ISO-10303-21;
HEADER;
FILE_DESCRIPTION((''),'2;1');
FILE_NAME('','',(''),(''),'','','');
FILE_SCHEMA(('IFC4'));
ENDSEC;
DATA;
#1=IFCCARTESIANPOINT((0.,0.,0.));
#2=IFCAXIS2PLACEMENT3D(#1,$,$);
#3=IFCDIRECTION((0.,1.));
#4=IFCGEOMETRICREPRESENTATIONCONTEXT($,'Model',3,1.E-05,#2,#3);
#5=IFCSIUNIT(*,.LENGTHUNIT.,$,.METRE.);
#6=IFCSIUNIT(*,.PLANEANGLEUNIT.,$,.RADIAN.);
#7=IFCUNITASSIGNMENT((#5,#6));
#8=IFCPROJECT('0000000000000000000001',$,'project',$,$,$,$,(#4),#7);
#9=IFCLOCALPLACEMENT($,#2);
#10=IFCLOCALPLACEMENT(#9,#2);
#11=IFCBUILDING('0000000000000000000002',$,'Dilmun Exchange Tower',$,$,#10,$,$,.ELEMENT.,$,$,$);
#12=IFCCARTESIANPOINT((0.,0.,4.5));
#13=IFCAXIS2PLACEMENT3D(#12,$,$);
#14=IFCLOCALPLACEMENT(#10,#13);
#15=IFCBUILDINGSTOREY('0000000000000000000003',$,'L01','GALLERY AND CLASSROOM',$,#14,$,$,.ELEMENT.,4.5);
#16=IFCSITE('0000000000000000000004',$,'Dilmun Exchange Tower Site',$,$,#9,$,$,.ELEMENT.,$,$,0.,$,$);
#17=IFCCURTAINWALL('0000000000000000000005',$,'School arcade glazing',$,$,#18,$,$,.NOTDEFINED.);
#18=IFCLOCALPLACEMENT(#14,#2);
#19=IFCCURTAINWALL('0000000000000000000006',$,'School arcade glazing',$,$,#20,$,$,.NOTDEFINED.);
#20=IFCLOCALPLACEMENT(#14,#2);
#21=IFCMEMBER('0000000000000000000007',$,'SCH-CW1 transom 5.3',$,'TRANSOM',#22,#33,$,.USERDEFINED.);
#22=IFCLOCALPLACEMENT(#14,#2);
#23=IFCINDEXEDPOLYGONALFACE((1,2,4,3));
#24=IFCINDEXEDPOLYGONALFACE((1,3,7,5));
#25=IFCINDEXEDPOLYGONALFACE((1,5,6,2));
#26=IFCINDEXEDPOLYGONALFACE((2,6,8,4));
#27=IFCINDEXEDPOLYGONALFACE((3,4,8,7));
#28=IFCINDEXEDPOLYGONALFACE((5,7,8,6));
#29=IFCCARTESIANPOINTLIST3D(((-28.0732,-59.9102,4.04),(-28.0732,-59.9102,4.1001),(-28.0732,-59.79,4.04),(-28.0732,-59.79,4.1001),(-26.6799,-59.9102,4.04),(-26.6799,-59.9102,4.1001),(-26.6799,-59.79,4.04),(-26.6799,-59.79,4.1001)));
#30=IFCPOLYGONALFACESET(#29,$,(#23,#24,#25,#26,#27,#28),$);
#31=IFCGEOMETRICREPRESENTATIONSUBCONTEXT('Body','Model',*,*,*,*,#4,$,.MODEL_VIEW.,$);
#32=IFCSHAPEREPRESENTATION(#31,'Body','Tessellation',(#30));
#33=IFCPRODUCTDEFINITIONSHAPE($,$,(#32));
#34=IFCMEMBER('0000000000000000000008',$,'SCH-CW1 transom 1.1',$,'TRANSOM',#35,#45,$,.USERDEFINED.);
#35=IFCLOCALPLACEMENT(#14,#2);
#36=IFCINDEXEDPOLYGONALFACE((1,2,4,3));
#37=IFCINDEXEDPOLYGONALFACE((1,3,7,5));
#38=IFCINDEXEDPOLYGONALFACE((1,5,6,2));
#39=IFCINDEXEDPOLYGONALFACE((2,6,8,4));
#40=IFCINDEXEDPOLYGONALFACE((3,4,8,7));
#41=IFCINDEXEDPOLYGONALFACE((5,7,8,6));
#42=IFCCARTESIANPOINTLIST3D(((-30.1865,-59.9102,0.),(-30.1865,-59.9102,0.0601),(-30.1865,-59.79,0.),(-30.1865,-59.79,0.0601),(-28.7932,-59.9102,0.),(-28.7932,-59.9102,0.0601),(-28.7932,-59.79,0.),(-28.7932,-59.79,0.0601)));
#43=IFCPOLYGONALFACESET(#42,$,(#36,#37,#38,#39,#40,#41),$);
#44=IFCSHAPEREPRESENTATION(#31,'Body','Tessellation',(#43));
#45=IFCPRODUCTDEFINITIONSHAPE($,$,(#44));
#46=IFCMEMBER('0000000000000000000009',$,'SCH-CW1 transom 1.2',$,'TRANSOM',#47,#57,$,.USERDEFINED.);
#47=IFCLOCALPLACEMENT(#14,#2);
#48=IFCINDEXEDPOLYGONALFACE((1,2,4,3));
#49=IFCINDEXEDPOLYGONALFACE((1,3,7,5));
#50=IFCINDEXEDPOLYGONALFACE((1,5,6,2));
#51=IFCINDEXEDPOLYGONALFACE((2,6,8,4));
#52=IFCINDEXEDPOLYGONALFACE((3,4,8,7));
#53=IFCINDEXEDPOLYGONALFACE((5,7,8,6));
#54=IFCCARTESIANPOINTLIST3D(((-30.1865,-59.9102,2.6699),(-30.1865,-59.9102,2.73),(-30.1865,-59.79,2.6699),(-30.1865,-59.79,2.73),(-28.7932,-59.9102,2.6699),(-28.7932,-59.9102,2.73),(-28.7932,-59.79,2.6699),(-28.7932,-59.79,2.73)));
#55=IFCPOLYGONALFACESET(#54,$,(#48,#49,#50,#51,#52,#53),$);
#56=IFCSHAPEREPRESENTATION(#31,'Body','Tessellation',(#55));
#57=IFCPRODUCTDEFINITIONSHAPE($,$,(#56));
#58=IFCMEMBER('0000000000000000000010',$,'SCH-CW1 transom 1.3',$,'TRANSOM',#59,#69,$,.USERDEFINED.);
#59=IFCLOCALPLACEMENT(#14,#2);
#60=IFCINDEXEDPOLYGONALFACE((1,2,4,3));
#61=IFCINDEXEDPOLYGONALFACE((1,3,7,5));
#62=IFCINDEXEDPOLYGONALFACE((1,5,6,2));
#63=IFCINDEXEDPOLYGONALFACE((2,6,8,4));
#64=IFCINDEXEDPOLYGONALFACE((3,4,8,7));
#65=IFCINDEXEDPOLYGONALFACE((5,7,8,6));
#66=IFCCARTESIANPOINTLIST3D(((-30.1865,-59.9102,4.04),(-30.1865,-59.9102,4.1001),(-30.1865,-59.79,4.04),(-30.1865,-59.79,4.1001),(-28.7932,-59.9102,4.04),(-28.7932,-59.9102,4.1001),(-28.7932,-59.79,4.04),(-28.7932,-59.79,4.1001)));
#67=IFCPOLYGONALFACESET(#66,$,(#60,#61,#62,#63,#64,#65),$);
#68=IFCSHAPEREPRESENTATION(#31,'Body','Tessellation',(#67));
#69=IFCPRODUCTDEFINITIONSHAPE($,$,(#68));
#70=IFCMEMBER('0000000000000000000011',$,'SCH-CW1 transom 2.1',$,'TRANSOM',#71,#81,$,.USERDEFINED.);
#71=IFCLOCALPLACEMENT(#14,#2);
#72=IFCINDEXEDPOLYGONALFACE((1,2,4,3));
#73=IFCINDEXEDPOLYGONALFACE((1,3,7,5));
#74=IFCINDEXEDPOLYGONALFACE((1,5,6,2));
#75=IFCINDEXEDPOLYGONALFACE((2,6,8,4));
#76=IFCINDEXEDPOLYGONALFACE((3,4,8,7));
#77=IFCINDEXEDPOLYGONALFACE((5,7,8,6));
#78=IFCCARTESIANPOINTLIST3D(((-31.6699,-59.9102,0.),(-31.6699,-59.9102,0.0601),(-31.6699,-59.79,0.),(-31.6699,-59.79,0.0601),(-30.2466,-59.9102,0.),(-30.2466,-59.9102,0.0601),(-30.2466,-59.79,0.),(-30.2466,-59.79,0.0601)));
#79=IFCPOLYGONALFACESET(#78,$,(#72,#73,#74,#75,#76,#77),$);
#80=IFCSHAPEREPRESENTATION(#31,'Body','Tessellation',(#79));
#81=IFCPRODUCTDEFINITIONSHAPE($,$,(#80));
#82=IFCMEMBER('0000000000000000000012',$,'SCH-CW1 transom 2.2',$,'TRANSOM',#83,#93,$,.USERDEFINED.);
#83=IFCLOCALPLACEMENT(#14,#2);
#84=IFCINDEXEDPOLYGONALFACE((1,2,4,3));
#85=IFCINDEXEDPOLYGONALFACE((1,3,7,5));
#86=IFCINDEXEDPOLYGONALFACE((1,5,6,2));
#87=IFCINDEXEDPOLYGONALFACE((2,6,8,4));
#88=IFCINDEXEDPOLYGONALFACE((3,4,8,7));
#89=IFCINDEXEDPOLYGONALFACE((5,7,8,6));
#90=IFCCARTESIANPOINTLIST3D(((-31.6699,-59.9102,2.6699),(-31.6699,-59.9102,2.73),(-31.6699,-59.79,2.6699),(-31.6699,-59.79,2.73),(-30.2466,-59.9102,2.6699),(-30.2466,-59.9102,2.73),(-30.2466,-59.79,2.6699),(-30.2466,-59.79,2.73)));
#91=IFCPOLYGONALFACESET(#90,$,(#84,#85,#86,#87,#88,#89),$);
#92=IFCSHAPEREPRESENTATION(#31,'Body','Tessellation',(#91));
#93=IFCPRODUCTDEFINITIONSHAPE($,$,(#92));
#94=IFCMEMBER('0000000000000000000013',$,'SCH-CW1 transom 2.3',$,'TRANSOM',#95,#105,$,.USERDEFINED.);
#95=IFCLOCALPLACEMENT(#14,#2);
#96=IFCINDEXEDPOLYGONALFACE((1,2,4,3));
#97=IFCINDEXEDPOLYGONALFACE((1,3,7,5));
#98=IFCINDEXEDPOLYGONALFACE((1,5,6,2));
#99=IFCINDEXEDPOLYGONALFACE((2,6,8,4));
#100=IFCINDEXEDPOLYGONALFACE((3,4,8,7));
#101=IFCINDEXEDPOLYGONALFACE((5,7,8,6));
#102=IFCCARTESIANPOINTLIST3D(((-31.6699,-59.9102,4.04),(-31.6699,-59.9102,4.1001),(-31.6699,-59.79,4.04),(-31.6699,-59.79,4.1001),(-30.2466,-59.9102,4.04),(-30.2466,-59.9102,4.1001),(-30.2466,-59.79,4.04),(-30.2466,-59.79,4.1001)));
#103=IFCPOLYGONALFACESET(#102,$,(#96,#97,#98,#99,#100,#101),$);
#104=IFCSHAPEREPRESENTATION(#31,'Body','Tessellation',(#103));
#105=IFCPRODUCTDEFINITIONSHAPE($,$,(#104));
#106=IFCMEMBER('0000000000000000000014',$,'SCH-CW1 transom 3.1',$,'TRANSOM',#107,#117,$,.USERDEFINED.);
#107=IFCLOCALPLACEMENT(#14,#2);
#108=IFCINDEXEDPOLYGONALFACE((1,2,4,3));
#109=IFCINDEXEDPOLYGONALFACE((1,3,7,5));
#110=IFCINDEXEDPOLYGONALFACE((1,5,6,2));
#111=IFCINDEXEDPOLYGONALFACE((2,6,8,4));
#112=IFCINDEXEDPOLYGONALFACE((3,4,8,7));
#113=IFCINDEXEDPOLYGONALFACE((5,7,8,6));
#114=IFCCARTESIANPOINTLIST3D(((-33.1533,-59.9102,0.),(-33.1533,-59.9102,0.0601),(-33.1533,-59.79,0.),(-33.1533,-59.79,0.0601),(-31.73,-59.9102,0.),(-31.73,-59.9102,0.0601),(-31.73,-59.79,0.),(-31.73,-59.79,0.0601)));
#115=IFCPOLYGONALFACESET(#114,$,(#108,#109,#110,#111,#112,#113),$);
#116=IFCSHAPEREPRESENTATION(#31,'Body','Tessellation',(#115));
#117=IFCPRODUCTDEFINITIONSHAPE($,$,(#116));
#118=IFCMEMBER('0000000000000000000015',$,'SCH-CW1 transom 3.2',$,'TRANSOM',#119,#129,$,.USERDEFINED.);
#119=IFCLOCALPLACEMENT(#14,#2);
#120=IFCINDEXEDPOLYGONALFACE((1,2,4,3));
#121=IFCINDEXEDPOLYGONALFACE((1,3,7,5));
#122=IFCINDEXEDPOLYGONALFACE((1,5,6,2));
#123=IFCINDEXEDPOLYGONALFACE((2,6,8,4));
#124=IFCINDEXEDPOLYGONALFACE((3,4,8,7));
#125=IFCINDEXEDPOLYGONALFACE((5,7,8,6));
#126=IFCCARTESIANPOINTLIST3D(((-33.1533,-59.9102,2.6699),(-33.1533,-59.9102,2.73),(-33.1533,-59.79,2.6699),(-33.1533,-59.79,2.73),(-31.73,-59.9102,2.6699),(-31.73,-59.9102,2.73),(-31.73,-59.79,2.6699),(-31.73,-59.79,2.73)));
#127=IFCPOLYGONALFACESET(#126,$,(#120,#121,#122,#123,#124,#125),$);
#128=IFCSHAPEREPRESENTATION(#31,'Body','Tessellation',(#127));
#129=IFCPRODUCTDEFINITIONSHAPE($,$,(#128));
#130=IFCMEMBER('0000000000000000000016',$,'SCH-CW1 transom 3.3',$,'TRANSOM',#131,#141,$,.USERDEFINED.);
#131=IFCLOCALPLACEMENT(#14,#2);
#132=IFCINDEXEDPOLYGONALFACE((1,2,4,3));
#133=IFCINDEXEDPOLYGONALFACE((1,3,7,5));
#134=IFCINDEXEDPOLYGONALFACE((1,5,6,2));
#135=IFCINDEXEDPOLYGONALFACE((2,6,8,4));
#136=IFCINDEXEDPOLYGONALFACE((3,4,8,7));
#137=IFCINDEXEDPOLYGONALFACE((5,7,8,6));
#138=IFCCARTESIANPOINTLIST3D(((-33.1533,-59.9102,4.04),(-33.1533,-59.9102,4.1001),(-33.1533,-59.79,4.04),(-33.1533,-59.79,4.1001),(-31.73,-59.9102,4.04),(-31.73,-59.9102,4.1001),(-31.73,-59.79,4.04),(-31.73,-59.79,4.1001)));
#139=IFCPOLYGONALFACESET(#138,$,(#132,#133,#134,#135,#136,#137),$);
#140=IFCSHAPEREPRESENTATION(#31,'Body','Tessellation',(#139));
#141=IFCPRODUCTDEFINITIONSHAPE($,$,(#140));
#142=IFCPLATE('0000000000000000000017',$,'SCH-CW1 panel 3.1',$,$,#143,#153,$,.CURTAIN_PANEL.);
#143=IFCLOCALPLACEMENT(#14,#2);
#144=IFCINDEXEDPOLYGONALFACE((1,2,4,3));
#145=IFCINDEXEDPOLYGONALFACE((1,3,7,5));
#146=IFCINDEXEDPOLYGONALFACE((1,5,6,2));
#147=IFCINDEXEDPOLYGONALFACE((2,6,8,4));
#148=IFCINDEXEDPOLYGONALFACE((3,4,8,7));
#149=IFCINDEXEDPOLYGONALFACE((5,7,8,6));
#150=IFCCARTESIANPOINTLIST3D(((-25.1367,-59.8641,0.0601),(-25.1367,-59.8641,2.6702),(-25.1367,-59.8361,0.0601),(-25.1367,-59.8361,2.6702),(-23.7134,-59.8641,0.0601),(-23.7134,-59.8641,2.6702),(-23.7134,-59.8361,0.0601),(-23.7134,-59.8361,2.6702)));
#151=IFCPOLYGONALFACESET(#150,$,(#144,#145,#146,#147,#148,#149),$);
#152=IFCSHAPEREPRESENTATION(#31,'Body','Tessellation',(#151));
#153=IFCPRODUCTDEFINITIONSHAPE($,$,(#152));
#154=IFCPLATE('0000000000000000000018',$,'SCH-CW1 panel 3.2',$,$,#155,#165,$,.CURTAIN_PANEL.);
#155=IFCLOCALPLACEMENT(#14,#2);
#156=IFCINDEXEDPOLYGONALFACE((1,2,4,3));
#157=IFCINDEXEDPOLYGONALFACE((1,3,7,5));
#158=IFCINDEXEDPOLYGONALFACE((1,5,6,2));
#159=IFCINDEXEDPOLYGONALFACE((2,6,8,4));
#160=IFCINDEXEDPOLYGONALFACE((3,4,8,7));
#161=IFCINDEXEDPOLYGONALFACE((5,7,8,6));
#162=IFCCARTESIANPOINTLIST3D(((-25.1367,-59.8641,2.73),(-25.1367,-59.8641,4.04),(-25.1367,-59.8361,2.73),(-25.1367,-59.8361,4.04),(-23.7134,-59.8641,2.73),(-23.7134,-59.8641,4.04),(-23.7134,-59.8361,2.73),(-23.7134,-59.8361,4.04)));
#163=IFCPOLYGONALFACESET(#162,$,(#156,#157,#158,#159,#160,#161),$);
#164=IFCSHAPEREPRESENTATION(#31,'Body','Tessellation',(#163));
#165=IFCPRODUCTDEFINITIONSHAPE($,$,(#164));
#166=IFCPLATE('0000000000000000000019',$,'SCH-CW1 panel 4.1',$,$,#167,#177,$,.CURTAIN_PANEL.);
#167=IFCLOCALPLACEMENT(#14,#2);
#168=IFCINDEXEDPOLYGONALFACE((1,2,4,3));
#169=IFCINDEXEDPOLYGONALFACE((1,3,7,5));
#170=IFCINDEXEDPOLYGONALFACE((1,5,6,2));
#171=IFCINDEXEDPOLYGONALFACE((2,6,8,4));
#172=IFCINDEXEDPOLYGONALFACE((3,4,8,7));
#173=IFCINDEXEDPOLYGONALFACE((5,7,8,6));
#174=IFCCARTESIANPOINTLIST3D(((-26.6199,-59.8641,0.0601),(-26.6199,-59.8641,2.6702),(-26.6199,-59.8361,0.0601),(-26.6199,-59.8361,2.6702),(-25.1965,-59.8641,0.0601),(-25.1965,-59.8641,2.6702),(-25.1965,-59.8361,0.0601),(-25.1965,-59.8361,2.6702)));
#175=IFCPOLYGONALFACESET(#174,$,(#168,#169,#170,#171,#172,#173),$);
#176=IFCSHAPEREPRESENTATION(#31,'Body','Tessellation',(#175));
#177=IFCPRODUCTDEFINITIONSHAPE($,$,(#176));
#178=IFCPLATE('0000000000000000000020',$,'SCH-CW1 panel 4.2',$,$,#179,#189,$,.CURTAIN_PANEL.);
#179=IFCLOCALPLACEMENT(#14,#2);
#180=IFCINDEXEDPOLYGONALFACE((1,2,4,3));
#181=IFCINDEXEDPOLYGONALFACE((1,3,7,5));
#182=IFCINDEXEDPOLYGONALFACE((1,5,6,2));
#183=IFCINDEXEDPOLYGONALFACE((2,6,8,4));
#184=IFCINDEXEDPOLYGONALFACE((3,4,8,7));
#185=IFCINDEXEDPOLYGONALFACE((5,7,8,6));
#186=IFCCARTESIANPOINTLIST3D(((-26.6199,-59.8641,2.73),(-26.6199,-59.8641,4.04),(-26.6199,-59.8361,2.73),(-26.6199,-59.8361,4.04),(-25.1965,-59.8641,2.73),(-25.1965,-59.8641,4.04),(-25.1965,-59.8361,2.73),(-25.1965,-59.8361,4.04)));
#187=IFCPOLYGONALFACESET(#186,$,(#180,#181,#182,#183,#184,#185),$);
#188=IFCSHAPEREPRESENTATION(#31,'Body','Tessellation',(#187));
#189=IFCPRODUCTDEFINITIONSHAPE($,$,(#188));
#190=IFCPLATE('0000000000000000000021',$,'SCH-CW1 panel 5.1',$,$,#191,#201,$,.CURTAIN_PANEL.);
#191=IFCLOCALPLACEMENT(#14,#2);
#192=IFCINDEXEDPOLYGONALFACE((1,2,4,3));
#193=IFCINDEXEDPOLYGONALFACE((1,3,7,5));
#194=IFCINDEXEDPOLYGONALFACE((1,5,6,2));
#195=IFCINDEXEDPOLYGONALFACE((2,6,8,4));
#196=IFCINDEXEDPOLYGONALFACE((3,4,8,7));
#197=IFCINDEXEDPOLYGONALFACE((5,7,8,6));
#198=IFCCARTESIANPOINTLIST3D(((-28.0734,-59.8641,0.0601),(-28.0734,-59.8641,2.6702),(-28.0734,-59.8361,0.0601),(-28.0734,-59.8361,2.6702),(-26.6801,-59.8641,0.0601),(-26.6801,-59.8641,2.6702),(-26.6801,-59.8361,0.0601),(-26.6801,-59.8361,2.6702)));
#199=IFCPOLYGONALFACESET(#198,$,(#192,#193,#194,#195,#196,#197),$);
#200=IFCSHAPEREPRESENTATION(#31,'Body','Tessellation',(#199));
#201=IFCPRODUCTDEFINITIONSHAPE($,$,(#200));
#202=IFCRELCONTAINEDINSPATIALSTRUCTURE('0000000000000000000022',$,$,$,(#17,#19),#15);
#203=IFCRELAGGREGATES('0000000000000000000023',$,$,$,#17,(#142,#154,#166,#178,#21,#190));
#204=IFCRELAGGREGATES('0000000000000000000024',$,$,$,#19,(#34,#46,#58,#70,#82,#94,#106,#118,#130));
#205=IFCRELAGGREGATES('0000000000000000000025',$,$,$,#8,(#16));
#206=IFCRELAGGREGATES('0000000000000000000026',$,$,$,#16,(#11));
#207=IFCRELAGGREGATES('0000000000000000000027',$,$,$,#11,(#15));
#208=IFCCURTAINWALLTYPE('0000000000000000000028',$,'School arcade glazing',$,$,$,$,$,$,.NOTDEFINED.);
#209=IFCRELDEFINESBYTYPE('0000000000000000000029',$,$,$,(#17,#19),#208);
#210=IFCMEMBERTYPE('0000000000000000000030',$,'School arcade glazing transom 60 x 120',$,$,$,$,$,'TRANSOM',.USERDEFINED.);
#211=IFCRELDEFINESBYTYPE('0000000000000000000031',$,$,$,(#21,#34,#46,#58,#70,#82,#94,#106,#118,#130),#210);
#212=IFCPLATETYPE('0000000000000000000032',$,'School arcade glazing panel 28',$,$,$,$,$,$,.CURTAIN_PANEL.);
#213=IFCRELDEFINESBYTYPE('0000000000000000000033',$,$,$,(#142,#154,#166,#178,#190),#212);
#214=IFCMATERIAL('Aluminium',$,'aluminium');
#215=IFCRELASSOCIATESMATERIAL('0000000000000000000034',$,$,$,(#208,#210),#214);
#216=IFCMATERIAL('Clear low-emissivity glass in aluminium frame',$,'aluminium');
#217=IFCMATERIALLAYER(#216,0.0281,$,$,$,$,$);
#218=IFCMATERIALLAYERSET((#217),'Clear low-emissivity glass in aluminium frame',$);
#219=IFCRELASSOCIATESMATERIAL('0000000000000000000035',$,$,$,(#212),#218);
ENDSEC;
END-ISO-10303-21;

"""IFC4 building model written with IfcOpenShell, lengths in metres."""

from ifc_helpers import new_model, si_unit, direction, frame, origin, origin_2d, place, context, subcontext, project, spatial, rectangle, extrude, material, layer, layer_set, material_profile, profile_set, type_object, element, aggregate, save


model = new_model("IFC4")

# Units and contexts
model_context = context("Model", 3, precision=1e-05, world=origin(), true_north=direction((0.0, 1.0)))
body_context = subcontext(model_context, "Body", "Model", "MODEL_VIEW")
ifc_project = project(units=[si_unit("LENGTHUNIT", "METRE"), si_unit("PLANEANGLEUNIT", "RADIAN")], contexts=[model_context])

# Site, building, storey
site_placement = place(None, origin())
site = spatial("IfcSite", under=ifc_project, at=site_placement, Name="Dilmun Exchange Tower Site", CompositionType="ELEMENT", RefElevation=0.0)
building_placement = place(site_placement, origin())
building = spatial("IfcBuilding", under=site, at=building_placement, Name="Dilmun Exchange Tower", CompositionType="ELEMENT")
storey_placement = place(building_placement, frame((0.0, 0.0, 4.5)))
storey = spatial("IfcBuildingStorey", under=building, at=storey_placement, Name="L01", Description="GALLERY AND CLASSROOM", CompositionType="ELEMENT", Elevation=4.5)

# Curtain walls
ifc_material_1 = material(Name="Aluminium", Category="aluminium")
curtain_wall_type = type_object("IfcCurtainWallType", Name="School arcade glazing", PredefinedType="NOTDEFINED", material=ifc_material_1)
curtain_wall_1_placement = place(storey_placement, origin())
curtain_wall_1 = element("IfcCurtainWall", 1, at=curtain_wall_1_placement, inside=storey, type_object=curtain_wall_type, Name="School arcade glazing", PredefinedType="NOTDEFINED")
curtain_wall_2_placement = place(storey_placement, origin())
curtain_wall_2 = element("IfcCurtainWall", 2, at=curtain_wall_2_placement, inside=storey, type_object=curtain_wall_type, Name="School arcade glazing", PredefinedType="NOTDEFINED")

# Members
ifc_material_profile_1 = material_profile(ifc_material_1, rectangle(XDim=0.1201, YDim=0.0601, at=origin_2d()), Name="60 x 120")
ifc_profile_set_1 = profile_set([ifc_material_profile_1], Name="Aluminium")
member_type_1 = type_object("IfcMemberType", Name="School arcade glazing transom 60 x 120", ElementType="TRANSOM", PredefinedType="USERDEFINED", material=ifc_profile_set_1)
member_1_placement = place(storey_placement, frame((-26.6799, -59.8501, 4.0701), z_axis=(-1.0, 0.0, 0.0), x_axis=(0.0, -1.0, 0.0)))
member_1 = element("IfcMember", 3, at=member_1_placement, type_object=member_type_1, Name="SCH-CW1 transom 5.3", ObjectType="TRANSOM", PredefinedType="USERDEFINED", context=body_context, shape_type="SweptSolid", body=[
    extrude(rectangle(XDim=0.1201, YDim=0.0601, at=origin_2d()), origin(), (0.0, 0.0, 1.0), 1.3933),
])
member_2_placement = place(storey_placement, frame((-28.7932, -59.8501, 0.03), z_axis=(-1.0, 0.0, 0.0), x_axis=(0.0, -1.0, 0.0)))
member_2 = element("IfcMember", 4, at=member_2_placement, type_object=member_type_1, Name="SCH-CW1 transom 1.1", ObjectType="TRANSOM", PredefinedType="USERDEFINED", context=body_context, shape_type="SweptSolid", body=[
    extrude(rectangle(XDim=0.1201, YDim=0.0601, at=origin_2d()), origin(), (0.0, 0.0, 1.0), 1.3933),
])
member_3_placement = place(storey_placement, frame((-28.7932, -59.8501, 2.7), z_axis=(-1.0, 0.0, 0.0), x_axis=(0.0, -1.0, 0.0)))
member_3 = element("IfcMember", 5, at=member_3_placement, type_object=member_type_1, Name="SCH-CW1 transom 1.2", ObjectType="TRANSOM", PredefinedType="USERDEFINED", context=body_context, shape_type="SweptSolid", body=[
    extrude(rectangle(XDim=0.1201, YDim=0.0601, at=origin_2d()), origin(), (0.0, 0.0, 1.0), 1.3933),
])
member_4_placement = place(storey_placement, frame((-28.7932, -59.8501, 4.0701), z_axis=(-1.0, 0.0, 0.0), x_axis=(0.0, -1.0, 0.0)))
member_4 = element("IfcMember", 6, at=member_4_placement, type_object=member_type_1, Name="SCH-CW1 transom 1.3", ObjectType="TRANSOM", PredefinedType="USERDEFINED", context=body_context, shape_type="SweptSolid", body=[
    extrude(rectangle(XDim=0.1201, YDim=0.0601, at=origin_2d()), origin(), (0.0, 0.0, 1.0), 1.3933),
])
member_5_placement = place(storey_placement, frame((-30.2466, -59.8501, 0.03), z_axis=(-1.0, 0.0, 0.0), x_axis=(0.0, -1.0, 0.0)))
member_5 = element("IfcMember", 7, at=member_5_placement, type_object=member_type_1, Name="SCH-CW1 transom 2.1", ObjectType="TRANSOM", PredefinedType="USERDEFINED", context=body_context, shape_type="SweptSolid", body=[
    extrude(rectangle(XDim=0.1201, YDim=0.0601, at=origin_2d()), origin(), (0.0, 0.0, 1.0), 1.4233),
])
member_6_placement = place(storey_placement, frame((-30.2466, -59.8501, 2.7), z_axis=(-1.0, 0.0, 0.0), x_axis=(0.0, -1.0, 0.0)))
member_6 = element("IfcMember", 8, at=member_6_placement, type_object=member_type_1, Name="SCH-CW1 transom 2.2", ObjectType="TRANSOM", PredefinedType="USERDEFINED", context=body_context, shape_type="SweptSolid", body=[
    extrude(rectangle(XDim=0.1201, YDim=0.0601, at=origin_2d()), origin(), (0.0, 0.0, 1.0), 1.4233),
])
member_7_placement = place(storey_placement, frame((-30.2466, -59.8501, 4.0701), z_axis=(-1.0, 0.0, 0.0), x_axis=(0.0, -1.0, 0.0)))
member_7 = element("IfcMember", 9, at=member_7_placement, type_object=member_type_1, Name="SCH-CW1 transom 2.3", ObjectType="TRANSOM", PredefinedType="USERDEFINED", context=body_context, shape_type="SweptSolid", body=[
    extrude(rectangle(XDim=0.1201, YDim=0.0601, at=origin_2d()), origin(), (0.0, 0.0, 1.0), 1.4233),
])
member_8_placement = place(storey_placement, frame((-31.73, -59.8501, 0.03), z_axis=(-1.0, 0.0, 0.0), x_axis=(0.0, -1.0, 0.0)))
member_8 = element("IfcMember", 10, at=member_8_placement, type_object=member_type_1, Name="SCH-CW1 transom 3.1", ObjectType="TRANSOM", PredefinedType="USERDEFINED", context=body_context, shape_type="SweptSolid", body=[
    extrude(rectangle(XDim=0.1201, YDim=0.0601, at=origin_2d()), origin(), (0.0, 0.0, 1.0), 1.4233),
])
member_9_placement = place(storey_placement, frame((-31.73, -59.8501, 2.7), z_axis=(-1.0, 0.0, 0.0), x_axis=(0.0, -1.0, 0.0)))
member_9 = element("IfcMember", 11, at=member_9_placement, type_object=member_type_1, Name="SCH-CW1 transom 3.2", ObjectType="TRANSOM", PredefinedType="USERDEFINED", context=body_context, shape_type="SweptSolid", body=[
    extrude(rectangle(XDim=0.1201, YDim=0.0601, at=origin_2d()), origin(), (0.0, 0.0, 1.0), 1.4233),
])
member_10_placement = place(storey_placement, frame((-31.73, -59.8501, 4.0701), z_axis=(-1.0, 0.0, 0.0), x_axis=(0.0, -1.0, 0.0)))
member_10 = element("IfcMember", 12, at=member_10_placement, type_object=member_type_1, Name="SCH-CW1 transom 3.3", ObjectType="TRANSOM", PredefinedType="USERDEFINED", context=body_context, shape_type="SweptSolid", body=[
    extrude(rectangle(XDim=0.1201, YDim=0.0601, at=origin_2d()), origin(), (0.0, 0.0, 1.0), 1.4233),
])

# Plates
ifc_material_2 = material(Name="Clear low-emissivity glass in aluminium frame", Category="aluminium")
ifc_layer = layer(ifc_material_2, 0.0281)
ifc_layer_set = layer_set([ifc_layer], Name="Clear low-emissivity glass in aluminium frame")
plate_type = type_object("IfcPlateType", Name="School arcade glazing panel 28", PredefinedType="CURTAIN_PANEL", material=ifc_layer_set)
plate_1_placement = place(storey_placement, frame((-24.425, -59.8501, 0.0601), z_axis=(0.0, 0.0, 1.0), x_axis=(-1.0, 0.0, 0.0)))
plate_1 = element("IfcPlate", 13, at=plate_1_placement, type_object=plate_type, Name="SCH-CW1 panel 3.1", PredefinedType="CURTAIN_PANEL", context=body_context, shape_type="SweptSolid", body=[
    extrude(rectangle(XDim=1.4233, YDim=0.0281, at=origin_2d()), origin(), (0.0, 0.0, 1.0), 2.6101),
])
plate_2_placement = place(storey_placement, frame((-24.425, -59.8501, 2.73), z_axis=(0.0, 0.0, 1.0), x_axis=(-1.0, 0.0, 0.0)))
plate_2 = element("IfcPlate", 14, at=plate_2_placement, type_object=plate_type, Name="SCH-CW1 panel 3.2", PredefinedType="CURTAIN_PANEL", context=body_context, shape_type="SweptSolid", body=[
    extrude(rectangle(XDim=1.4233, YDim=0.0281, at=origin_2d()), origin(), (0.0, 0.0, 1.0), 1.3101),
])
plate_3_placement = place(storey_placement, frame((-25.9082, -59.8501, 0.0601), z_axis=(0.0, 0.0, 1.0), x_axis=(-1.0, 0.0, 0.0)))
plate_3 = element("IfcPlate", 15, at=plate_3_placement, type_object=plate_type, Name="SCH-CW1 panel 4.1", PredefinedType="CURTAIN_PANEL", context=body_context, shape_type="SweptSolid", body=[
    extrude(rectangle(XDim=1.4233, YDim=0.0281, at=origin_2d()), origin(), (0.0, 0.0, 1.0), 2.6101),
])
plate_4_placement = place(storey_placement, frame((-25.9082, -59.8501, 2.73), z_axis=(0.0, 0.0, 1.0), x_axis=(-1.0, 0.0, 0.0)))
plate_4 = element("IfcPlate", 16, at=plate_4_placement, type_object=plate_type, Name="SCH-CW1 panel 4.2", PredefinedType="CURTAIN_PANEL", context=body_context, shape_type="SweptSolid", body=[
    extrude(rectangle(XDim=1.4233, YDim=0.0281, at=origin_2d()), origin(), (0.0, 0.0, 1.0), 1.3101),
])
plate_5_placement = place(storey_placement, frame((-27.3767, -59.8501, 0.0601), z_axis=(0.0, 0.0, 1.0), x_axis=(-1.0, 0.0, 0.0)))
plate_5 = element("IfcPlate", 17, at=plate_5_placement, type_object=plate_type, Name="SCH-CW1 panel 5.1", PredefinedType="CURTAIN_PANEL", context=body_context, shape_type="SweptSolid", body=[
    extrude(rectangle(XDim=1.3933, YDim=0.0281, at=origin_2d()), origin(), (0.0, 0.0, 1.0), 2.6101),
])
aggregate(curtain_wall_1, [plate_1, plate_2, plate_3, plate_4, member_1, plate_5])
aggregate(curtain_wall_2, [member_2, member_3, member_4, member_5, member_6, member_7, member_8, member_9, member_10])

save(model, "model.ifc")
